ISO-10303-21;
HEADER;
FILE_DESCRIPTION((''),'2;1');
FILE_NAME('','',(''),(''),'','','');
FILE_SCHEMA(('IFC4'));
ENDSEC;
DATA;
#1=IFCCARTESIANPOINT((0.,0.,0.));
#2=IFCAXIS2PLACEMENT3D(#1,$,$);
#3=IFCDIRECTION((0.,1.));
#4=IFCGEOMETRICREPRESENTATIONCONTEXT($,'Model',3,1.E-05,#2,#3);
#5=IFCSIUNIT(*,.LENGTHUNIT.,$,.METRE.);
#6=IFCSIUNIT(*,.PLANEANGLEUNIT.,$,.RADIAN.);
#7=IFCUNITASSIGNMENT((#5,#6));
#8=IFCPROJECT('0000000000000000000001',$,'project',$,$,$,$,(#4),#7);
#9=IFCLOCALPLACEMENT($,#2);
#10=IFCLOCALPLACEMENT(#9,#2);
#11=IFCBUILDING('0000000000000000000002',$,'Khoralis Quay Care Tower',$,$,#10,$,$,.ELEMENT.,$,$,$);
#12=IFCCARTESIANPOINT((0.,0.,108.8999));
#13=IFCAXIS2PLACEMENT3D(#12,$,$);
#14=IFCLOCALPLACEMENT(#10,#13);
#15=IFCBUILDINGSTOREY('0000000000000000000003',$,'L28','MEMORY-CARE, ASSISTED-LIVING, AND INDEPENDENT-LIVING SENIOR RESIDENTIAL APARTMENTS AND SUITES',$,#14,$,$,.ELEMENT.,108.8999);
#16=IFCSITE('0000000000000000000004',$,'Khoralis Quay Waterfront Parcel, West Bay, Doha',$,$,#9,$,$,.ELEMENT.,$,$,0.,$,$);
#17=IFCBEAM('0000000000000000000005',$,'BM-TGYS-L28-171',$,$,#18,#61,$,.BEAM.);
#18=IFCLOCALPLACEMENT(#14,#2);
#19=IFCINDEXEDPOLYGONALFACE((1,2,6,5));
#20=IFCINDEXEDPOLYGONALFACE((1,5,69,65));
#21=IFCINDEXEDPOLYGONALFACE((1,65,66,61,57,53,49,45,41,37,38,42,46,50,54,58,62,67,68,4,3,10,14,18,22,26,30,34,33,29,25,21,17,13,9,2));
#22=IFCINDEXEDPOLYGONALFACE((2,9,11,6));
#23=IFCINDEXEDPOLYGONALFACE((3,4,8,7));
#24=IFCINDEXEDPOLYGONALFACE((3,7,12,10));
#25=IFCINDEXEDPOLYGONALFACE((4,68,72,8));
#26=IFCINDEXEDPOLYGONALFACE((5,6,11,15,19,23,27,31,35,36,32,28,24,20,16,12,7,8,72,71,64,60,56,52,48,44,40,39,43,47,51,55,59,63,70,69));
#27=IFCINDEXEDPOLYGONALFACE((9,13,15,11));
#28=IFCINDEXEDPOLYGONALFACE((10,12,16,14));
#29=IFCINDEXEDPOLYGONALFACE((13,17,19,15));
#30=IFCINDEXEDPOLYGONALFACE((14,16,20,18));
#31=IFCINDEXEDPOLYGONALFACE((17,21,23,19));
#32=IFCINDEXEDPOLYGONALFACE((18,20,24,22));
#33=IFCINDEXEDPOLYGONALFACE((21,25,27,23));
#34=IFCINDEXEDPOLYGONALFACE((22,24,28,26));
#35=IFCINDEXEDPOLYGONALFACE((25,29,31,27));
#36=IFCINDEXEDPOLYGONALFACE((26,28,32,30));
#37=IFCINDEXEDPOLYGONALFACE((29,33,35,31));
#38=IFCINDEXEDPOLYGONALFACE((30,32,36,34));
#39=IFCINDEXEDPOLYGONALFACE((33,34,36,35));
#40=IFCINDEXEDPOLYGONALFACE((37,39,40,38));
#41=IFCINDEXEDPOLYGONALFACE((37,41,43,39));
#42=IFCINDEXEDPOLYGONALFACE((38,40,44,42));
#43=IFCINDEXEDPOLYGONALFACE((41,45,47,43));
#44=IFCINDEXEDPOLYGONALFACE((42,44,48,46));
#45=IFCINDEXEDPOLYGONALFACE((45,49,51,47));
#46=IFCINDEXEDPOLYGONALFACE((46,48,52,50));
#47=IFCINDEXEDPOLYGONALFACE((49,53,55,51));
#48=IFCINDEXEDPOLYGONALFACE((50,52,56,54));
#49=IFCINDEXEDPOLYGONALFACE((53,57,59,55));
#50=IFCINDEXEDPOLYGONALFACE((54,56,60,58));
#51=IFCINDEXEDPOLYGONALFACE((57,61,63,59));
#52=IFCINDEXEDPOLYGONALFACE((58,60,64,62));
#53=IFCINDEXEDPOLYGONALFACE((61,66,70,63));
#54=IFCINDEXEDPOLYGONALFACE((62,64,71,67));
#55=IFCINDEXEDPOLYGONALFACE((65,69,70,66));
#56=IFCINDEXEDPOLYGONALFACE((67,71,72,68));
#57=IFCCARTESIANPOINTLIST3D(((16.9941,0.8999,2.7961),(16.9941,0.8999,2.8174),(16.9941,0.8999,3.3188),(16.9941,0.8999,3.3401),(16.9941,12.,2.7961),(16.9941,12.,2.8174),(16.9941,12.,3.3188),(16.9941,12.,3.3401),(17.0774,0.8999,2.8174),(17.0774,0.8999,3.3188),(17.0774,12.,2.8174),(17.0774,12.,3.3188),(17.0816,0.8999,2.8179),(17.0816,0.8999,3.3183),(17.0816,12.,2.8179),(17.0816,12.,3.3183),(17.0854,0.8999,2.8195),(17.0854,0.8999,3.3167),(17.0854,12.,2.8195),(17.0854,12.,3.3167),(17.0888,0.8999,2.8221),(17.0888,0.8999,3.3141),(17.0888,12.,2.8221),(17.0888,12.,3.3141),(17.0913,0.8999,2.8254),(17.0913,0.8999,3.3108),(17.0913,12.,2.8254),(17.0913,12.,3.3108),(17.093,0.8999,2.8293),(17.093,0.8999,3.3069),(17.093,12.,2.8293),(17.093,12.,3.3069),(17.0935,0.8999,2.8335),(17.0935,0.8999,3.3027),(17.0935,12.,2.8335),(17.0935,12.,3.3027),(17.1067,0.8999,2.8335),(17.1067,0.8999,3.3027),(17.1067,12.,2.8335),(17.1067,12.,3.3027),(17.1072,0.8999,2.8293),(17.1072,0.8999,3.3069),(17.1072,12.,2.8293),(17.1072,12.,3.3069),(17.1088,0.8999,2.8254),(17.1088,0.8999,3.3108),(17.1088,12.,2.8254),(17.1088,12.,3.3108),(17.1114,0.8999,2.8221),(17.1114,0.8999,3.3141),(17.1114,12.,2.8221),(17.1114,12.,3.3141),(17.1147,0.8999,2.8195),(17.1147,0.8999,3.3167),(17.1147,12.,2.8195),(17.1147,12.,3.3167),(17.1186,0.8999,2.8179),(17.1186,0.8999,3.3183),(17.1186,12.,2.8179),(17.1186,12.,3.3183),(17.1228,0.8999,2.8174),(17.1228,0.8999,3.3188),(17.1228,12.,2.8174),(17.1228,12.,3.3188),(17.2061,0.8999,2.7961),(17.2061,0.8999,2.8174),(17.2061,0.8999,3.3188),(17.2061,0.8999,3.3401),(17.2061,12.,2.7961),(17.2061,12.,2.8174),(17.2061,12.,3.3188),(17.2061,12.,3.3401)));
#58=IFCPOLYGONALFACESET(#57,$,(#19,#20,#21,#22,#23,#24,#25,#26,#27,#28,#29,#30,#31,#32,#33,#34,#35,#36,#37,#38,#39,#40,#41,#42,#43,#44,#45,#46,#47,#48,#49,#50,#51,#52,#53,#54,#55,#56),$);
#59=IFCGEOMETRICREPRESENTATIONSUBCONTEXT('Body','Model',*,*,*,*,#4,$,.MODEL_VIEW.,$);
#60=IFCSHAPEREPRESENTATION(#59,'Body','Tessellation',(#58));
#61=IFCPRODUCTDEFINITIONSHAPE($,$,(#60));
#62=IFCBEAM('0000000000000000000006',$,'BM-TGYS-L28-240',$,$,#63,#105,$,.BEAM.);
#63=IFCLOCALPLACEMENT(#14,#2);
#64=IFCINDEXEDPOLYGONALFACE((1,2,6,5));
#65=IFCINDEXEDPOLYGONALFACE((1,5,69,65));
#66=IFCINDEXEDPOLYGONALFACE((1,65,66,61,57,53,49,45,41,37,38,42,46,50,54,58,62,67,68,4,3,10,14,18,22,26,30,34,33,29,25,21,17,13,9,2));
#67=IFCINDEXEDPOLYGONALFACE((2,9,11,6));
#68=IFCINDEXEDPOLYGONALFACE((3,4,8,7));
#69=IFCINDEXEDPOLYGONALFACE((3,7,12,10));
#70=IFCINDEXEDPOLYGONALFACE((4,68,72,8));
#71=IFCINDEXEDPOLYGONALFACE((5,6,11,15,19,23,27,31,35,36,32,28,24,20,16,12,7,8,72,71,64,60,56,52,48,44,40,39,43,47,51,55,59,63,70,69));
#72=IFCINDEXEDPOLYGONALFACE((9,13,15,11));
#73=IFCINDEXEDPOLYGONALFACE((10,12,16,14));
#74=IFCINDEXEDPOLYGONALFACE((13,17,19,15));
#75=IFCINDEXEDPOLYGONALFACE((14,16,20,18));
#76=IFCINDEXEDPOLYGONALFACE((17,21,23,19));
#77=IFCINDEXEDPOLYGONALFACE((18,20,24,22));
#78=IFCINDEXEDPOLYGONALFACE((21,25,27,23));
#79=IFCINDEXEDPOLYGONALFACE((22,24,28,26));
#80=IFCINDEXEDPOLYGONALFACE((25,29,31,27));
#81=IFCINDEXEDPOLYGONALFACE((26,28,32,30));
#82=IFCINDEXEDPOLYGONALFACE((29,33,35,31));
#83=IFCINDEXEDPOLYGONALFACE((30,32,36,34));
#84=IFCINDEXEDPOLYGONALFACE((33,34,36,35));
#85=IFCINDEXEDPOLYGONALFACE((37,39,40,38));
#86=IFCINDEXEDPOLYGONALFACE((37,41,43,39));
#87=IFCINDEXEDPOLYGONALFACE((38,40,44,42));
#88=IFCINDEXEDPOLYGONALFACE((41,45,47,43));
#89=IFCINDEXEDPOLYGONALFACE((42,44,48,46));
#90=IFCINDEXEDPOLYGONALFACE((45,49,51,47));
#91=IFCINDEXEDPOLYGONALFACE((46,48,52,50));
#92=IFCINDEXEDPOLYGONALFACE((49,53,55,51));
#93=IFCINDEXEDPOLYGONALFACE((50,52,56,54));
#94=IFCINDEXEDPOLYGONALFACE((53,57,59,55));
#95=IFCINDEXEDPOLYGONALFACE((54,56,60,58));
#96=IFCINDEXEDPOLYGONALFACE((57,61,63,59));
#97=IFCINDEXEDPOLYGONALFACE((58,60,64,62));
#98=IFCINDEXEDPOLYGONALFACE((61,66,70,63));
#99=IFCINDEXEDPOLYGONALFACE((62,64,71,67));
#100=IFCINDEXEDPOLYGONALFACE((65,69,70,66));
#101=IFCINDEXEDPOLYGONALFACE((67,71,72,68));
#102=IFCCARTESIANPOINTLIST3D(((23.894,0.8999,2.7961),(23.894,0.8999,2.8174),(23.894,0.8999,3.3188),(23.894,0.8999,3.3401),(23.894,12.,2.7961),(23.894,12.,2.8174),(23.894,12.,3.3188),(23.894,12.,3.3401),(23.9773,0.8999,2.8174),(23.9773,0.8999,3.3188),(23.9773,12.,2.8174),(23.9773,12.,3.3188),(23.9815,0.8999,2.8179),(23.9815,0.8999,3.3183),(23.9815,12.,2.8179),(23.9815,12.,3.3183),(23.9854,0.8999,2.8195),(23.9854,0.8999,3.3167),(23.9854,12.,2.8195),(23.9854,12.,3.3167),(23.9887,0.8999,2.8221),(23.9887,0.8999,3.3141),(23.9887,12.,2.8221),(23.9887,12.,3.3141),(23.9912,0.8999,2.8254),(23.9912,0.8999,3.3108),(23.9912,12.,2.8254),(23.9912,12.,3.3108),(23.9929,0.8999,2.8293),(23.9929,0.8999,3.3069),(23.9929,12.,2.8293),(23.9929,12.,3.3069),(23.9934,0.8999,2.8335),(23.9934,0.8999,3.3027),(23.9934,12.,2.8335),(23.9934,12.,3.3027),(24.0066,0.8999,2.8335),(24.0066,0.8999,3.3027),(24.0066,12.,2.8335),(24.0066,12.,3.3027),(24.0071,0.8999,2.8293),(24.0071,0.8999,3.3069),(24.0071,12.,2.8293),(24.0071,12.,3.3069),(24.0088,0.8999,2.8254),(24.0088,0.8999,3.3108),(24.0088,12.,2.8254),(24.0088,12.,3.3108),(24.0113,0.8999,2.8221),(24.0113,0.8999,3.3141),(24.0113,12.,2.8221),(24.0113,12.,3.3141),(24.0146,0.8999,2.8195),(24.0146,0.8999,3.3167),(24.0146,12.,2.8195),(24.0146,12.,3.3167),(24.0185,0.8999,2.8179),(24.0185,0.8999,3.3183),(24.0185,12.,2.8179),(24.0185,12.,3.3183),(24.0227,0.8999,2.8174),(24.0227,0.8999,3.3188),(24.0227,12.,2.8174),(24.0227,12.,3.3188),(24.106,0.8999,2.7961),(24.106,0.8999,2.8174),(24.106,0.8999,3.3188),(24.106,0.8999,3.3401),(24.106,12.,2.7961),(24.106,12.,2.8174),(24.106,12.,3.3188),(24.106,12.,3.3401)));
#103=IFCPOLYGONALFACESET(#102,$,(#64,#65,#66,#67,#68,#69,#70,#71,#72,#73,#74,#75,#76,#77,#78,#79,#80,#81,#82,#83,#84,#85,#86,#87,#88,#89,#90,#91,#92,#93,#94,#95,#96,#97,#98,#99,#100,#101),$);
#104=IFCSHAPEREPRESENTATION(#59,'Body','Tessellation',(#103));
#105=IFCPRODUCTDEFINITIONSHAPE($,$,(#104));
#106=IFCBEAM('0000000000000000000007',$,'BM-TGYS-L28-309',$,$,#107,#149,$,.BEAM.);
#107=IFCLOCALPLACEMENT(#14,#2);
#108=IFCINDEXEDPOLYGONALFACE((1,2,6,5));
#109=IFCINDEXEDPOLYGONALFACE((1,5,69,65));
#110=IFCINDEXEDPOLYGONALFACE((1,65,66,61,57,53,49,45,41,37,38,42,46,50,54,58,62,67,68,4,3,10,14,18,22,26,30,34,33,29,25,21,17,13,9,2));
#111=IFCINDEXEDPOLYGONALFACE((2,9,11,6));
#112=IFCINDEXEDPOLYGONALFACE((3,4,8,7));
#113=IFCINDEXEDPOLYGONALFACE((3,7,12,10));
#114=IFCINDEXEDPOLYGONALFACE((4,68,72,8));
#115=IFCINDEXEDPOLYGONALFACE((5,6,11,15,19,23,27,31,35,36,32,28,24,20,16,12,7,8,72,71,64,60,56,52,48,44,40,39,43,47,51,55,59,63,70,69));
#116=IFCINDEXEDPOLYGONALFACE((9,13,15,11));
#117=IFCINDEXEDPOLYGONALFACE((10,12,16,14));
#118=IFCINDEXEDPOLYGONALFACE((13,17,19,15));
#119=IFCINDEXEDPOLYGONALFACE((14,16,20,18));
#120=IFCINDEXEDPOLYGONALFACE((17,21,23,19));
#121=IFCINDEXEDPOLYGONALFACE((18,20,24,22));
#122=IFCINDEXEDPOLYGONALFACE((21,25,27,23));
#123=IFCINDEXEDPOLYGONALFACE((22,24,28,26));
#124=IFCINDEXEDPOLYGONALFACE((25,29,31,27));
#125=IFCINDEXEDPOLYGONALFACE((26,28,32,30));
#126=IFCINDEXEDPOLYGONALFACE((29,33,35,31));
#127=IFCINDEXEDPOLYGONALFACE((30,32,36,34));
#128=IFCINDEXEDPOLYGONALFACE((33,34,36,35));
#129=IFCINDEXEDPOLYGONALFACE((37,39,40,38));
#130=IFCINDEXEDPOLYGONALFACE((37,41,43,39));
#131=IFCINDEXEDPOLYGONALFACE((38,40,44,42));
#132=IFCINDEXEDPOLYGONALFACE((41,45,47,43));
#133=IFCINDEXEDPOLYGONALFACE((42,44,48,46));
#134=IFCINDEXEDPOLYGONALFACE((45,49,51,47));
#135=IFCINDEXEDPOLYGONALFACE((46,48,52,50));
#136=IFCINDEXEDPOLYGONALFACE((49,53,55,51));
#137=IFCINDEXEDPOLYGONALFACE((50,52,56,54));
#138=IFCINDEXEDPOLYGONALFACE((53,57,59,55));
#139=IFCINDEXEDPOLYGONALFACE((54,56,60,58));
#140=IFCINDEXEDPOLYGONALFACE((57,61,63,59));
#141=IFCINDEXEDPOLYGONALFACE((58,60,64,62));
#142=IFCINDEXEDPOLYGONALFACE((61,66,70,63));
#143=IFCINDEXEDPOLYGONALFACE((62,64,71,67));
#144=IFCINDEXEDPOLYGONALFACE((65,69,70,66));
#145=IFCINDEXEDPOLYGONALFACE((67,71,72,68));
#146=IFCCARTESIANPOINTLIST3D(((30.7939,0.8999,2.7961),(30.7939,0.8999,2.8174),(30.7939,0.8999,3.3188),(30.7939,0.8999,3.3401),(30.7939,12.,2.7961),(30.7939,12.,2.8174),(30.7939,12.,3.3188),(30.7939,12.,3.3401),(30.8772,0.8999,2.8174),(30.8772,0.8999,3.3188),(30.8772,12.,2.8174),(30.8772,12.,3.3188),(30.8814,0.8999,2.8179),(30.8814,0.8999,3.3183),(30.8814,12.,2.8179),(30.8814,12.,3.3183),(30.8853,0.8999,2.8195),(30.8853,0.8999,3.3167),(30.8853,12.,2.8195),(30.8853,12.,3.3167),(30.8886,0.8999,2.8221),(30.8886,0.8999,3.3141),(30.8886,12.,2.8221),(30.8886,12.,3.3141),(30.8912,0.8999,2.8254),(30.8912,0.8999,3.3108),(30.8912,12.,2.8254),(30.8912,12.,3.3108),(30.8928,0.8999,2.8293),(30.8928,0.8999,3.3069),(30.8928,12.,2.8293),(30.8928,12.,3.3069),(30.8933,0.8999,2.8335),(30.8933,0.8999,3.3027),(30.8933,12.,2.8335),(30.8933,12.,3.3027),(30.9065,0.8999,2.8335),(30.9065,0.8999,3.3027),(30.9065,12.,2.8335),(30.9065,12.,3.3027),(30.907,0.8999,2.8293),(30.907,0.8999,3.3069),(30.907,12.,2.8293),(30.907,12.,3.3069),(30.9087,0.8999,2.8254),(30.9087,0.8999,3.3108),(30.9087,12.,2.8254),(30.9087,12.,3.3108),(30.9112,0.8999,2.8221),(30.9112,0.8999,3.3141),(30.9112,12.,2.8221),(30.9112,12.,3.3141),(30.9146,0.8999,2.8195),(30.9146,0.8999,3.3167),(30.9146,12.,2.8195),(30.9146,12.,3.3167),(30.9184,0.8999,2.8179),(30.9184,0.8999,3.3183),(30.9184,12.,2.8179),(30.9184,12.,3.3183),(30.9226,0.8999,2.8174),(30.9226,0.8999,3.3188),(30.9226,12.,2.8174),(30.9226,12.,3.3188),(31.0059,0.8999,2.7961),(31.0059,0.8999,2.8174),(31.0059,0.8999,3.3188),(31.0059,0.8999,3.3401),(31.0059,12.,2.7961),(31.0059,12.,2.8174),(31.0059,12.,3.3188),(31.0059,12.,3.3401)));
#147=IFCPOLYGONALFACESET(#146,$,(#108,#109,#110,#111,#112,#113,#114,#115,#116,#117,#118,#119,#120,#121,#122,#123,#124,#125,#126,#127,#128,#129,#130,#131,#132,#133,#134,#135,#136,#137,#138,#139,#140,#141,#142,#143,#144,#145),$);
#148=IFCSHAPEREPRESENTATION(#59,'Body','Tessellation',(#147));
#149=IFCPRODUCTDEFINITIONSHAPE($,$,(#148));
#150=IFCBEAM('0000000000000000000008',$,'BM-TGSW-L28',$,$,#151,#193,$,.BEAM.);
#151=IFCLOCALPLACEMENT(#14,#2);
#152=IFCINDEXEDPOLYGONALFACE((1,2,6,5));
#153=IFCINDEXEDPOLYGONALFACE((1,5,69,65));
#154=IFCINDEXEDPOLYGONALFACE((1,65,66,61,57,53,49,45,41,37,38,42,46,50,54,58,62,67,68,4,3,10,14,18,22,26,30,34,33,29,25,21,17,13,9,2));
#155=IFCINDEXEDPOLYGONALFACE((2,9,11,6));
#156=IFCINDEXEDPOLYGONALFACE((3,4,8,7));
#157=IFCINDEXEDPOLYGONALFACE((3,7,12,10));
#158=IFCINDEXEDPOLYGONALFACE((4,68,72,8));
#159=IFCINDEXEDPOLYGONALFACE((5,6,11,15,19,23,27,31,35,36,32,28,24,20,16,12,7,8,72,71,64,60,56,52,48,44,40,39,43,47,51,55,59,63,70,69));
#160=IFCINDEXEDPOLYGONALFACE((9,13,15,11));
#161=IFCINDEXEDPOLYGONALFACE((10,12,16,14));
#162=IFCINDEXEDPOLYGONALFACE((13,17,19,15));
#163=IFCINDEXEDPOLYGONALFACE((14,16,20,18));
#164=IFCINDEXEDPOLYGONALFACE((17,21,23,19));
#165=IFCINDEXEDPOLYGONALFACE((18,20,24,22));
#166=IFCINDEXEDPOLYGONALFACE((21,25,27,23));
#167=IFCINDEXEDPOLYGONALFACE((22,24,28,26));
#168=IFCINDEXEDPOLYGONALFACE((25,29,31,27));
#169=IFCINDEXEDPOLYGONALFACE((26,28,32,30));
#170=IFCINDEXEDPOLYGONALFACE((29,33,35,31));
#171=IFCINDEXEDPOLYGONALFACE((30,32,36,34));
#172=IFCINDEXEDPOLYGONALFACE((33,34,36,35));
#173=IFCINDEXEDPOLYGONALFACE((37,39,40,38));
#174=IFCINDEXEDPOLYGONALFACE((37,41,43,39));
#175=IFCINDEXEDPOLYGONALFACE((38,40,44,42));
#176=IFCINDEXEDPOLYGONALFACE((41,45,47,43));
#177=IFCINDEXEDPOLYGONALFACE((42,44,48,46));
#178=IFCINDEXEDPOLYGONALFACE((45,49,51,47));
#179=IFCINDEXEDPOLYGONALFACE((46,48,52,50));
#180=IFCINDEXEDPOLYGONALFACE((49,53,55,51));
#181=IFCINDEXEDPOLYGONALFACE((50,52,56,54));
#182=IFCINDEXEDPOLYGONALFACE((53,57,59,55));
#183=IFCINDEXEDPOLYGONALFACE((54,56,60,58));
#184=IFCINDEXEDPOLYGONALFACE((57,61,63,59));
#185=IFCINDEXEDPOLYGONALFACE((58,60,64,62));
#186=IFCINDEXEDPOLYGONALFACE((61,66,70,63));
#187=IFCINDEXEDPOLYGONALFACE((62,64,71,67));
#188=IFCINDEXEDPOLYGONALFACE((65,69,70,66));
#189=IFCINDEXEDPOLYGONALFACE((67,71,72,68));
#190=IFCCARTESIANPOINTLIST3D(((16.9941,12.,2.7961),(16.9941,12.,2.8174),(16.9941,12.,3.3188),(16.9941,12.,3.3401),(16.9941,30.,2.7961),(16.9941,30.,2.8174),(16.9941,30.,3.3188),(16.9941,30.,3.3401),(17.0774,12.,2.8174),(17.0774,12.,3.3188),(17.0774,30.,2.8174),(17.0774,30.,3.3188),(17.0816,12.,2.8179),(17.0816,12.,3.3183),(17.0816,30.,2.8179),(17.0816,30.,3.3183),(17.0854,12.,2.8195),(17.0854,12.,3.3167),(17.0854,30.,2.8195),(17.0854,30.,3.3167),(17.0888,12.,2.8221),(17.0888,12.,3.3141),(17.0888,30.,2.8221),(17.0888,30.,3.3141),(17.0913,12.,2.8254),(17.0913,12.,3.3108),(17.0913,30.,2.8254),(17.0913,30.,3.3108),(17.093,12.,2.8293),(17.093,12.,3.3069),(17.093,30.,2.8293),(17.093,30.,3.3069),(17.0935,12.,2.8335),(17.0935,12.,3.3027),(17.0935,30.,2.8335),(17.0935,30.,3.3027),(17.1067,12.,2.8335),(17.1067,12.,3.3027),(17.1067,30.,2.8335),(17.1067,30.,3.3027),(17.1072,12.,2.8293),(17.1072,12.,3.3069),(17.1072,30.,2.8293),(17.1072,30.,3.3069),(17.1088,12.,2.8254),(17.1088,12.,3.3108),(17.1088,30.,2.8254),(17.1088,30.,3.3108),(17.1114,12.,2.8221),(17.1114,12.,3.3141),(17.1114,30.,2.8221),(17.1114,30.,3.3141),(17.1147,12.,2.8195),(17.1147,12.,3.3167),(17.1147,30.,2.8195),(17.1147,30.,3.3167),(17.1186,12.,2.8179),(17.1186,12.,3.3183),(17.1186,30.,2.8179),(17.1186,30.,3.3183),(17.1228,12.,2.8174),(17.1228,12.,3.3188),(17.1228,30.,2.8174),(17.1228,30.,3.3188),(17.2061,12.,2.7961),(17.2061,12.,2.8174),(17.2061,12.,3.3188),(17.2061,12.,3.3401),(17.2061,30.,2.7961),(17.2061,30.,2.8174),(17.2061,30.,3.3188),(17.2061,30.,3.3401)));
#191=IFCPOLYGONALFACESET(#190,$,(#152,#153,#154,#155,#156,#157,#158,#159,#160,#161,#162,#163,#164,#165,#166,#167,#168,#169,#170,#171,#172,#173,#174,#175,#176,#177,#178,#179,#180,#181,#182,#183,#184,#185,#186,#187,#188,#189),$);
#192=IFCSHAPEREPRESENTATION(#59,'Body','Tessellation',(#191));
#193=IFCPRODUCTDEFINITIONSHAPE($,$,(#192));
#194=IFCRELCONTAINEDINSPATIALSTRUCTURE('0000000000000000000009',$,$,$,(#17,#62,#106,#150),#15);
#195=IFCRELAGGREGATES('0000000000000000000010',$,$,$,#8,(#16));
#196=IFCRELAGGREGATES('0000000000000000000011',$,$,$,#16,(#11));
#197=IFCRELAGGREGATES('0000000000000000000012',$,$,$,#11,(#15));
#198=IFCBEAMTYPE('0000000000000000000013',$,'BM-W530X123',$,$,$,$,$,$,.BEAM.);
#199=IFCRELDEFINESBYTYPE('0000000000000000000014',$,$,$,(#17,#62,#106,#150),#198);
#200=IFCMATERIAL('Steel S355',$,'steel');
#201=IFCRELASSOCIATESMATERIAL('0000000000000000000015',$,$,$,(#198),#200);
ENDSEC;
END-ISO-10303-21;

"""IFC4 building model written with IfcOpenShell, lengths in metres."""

from ifc_helpers import new_model, si_unit, direction, frame, origin, origin_2d, place, context, subcontext, project, spatial, i_section, extrude, source, transform, mapped, material, material_profile, profile_set, type_object, element, save


model = new_model("IFC4")

# Units and contexts
model_context = context("Model", 3, precision=1e-05, world=origin(), true_north=direction((0.0, 1.0)))
body_context = subcontext(model_context, "Body", "Model", "MODEL_VIEW")
ifc_project = project(units=[si_unit("LENGTHUNIT", "METRE"), si_unit("PLANEANGLEUNIT", "RADIAN")], contexts=[model_context])

# Site, building, storey
site_placement = place(None, origin())
site = spatial("IfcSite", under=ifc_project, at=site_placement, Name="Khoralis Quay Waterfront Parcel, West Bay, Doha", CompositionType="ELEMENT", RefElevation=0.0)
building_placement = place(site_placement, origin())
building = spatial("IfcBuilding", under=site, at=building_placement, Name="Khoralis Quay Care Tower", CompositionType="ELEMENT")
storey_placement = place(building_placement, frame((0.0, 0.0, 108.8999)))
storey = spatial("IfcBuildingStorey", under=building, at=storey_placement, Name="L28", Description="MEMORY-CARE, ASSISTED-LIVING, AND INDEPENDENT-LIVING SENIOR RESIDENTIAL APARTMENTS AND SUITES", CompositionType="ELEMENT", Elevation=108.8999)

# Beams
ifc_material_1 = material(Name="Steel S355", Category="steel")
ifc_material_profile_1 = material_profile(ifc_material_1, i_section(OverallWidth=0.2119, OverallDepth=0.5439, WebThickness=0.0132, FlangeThickness=0.0212, FilletRadius=0.0161, at=origin_2d()), Name="Steel S355")
ifc_profile_set_1 = profile_set([ifc_material_profile_1], Name="Steel S355")
beam_type_1 = type_object("IfcBeamType", Name="BM-W530X123", PredefinedType="BEAM", material=ifc_profile_set_1)
shared_shape_1 = source(origin(), body_context, "Body", "SweptSolid", [
    extrude(i_section(OverallWidth=0.2119, OverallDepth=0.5439, WebThickness=0.0132, FlangeThickness=0.0212, FilletRadius=0.0161, at=origin_2d()), origin(), (0.0, 0.0, 1.0), 11.1001),
])
for number, where, z_axis, x_axis, name in (
    (1, (17.1001, 0.8999, 3.0681), (0.0, 1.0, 0.0), (-1.0, 0.0, 0.0), "BM-TGYS-L28-171"),
    (2, (24.0, 0.8999, 3.0681), (0.0, 1.0, 0.0), (-1.0, 0.0, 0.0), "BM-TGYS-L28-240"),
    (3, (30.8999, 0.8999, 3.0681), (0.0, 1.0, 0.0), (-1.0, 0.0, 0.0), "BM-TGYS-L28-309"),
):
    element("IfcBeam", number, at=place(storey_placement, frame(where, z_axis=z_axis, x_axis=x_axis)), inside=storey, type_object=beam_type_1, Name=name, PredefinedType="BEAM", context=body_context, shape_type="MappedRepresentation", body=[
        mapped(shared_shape_1, transform((0.0, 0.0, 0.0), scale=1.0)),
    ])
shared_shape_2 = source(origin(), body_context, "Body", "SweptSolid", [
    extrude(i_section(OverallWidth=0.2119, OverallDepth=0.5439, WebThickness=0.0132, FlangeThickness=0.0212, FilletRadius=0.0161, at=origin_2d()), origin(), (0.0, 0.0, 1.0), 18.0),
])
beam_1_placement = place(storey_placement, frame((17.1001, 12.0, 3.0681), z_axis=(0.0, 1.0, 0.0), x_axis=(-1.0, 0.0, 0.0)))
element("IfcBeam", 4, at=beam_1_placement, inside=storey, type_object=beam_type_1, Name="BM-TGSW-L28", PredefinedType="BEAM", context=body_context, shape_type="MappedRepresentation", body=[
    mapped(shared_shape_2, transform((0.0, 0.0, 0.0), scale=1.0)),
])

save(model, "model.ifc")
